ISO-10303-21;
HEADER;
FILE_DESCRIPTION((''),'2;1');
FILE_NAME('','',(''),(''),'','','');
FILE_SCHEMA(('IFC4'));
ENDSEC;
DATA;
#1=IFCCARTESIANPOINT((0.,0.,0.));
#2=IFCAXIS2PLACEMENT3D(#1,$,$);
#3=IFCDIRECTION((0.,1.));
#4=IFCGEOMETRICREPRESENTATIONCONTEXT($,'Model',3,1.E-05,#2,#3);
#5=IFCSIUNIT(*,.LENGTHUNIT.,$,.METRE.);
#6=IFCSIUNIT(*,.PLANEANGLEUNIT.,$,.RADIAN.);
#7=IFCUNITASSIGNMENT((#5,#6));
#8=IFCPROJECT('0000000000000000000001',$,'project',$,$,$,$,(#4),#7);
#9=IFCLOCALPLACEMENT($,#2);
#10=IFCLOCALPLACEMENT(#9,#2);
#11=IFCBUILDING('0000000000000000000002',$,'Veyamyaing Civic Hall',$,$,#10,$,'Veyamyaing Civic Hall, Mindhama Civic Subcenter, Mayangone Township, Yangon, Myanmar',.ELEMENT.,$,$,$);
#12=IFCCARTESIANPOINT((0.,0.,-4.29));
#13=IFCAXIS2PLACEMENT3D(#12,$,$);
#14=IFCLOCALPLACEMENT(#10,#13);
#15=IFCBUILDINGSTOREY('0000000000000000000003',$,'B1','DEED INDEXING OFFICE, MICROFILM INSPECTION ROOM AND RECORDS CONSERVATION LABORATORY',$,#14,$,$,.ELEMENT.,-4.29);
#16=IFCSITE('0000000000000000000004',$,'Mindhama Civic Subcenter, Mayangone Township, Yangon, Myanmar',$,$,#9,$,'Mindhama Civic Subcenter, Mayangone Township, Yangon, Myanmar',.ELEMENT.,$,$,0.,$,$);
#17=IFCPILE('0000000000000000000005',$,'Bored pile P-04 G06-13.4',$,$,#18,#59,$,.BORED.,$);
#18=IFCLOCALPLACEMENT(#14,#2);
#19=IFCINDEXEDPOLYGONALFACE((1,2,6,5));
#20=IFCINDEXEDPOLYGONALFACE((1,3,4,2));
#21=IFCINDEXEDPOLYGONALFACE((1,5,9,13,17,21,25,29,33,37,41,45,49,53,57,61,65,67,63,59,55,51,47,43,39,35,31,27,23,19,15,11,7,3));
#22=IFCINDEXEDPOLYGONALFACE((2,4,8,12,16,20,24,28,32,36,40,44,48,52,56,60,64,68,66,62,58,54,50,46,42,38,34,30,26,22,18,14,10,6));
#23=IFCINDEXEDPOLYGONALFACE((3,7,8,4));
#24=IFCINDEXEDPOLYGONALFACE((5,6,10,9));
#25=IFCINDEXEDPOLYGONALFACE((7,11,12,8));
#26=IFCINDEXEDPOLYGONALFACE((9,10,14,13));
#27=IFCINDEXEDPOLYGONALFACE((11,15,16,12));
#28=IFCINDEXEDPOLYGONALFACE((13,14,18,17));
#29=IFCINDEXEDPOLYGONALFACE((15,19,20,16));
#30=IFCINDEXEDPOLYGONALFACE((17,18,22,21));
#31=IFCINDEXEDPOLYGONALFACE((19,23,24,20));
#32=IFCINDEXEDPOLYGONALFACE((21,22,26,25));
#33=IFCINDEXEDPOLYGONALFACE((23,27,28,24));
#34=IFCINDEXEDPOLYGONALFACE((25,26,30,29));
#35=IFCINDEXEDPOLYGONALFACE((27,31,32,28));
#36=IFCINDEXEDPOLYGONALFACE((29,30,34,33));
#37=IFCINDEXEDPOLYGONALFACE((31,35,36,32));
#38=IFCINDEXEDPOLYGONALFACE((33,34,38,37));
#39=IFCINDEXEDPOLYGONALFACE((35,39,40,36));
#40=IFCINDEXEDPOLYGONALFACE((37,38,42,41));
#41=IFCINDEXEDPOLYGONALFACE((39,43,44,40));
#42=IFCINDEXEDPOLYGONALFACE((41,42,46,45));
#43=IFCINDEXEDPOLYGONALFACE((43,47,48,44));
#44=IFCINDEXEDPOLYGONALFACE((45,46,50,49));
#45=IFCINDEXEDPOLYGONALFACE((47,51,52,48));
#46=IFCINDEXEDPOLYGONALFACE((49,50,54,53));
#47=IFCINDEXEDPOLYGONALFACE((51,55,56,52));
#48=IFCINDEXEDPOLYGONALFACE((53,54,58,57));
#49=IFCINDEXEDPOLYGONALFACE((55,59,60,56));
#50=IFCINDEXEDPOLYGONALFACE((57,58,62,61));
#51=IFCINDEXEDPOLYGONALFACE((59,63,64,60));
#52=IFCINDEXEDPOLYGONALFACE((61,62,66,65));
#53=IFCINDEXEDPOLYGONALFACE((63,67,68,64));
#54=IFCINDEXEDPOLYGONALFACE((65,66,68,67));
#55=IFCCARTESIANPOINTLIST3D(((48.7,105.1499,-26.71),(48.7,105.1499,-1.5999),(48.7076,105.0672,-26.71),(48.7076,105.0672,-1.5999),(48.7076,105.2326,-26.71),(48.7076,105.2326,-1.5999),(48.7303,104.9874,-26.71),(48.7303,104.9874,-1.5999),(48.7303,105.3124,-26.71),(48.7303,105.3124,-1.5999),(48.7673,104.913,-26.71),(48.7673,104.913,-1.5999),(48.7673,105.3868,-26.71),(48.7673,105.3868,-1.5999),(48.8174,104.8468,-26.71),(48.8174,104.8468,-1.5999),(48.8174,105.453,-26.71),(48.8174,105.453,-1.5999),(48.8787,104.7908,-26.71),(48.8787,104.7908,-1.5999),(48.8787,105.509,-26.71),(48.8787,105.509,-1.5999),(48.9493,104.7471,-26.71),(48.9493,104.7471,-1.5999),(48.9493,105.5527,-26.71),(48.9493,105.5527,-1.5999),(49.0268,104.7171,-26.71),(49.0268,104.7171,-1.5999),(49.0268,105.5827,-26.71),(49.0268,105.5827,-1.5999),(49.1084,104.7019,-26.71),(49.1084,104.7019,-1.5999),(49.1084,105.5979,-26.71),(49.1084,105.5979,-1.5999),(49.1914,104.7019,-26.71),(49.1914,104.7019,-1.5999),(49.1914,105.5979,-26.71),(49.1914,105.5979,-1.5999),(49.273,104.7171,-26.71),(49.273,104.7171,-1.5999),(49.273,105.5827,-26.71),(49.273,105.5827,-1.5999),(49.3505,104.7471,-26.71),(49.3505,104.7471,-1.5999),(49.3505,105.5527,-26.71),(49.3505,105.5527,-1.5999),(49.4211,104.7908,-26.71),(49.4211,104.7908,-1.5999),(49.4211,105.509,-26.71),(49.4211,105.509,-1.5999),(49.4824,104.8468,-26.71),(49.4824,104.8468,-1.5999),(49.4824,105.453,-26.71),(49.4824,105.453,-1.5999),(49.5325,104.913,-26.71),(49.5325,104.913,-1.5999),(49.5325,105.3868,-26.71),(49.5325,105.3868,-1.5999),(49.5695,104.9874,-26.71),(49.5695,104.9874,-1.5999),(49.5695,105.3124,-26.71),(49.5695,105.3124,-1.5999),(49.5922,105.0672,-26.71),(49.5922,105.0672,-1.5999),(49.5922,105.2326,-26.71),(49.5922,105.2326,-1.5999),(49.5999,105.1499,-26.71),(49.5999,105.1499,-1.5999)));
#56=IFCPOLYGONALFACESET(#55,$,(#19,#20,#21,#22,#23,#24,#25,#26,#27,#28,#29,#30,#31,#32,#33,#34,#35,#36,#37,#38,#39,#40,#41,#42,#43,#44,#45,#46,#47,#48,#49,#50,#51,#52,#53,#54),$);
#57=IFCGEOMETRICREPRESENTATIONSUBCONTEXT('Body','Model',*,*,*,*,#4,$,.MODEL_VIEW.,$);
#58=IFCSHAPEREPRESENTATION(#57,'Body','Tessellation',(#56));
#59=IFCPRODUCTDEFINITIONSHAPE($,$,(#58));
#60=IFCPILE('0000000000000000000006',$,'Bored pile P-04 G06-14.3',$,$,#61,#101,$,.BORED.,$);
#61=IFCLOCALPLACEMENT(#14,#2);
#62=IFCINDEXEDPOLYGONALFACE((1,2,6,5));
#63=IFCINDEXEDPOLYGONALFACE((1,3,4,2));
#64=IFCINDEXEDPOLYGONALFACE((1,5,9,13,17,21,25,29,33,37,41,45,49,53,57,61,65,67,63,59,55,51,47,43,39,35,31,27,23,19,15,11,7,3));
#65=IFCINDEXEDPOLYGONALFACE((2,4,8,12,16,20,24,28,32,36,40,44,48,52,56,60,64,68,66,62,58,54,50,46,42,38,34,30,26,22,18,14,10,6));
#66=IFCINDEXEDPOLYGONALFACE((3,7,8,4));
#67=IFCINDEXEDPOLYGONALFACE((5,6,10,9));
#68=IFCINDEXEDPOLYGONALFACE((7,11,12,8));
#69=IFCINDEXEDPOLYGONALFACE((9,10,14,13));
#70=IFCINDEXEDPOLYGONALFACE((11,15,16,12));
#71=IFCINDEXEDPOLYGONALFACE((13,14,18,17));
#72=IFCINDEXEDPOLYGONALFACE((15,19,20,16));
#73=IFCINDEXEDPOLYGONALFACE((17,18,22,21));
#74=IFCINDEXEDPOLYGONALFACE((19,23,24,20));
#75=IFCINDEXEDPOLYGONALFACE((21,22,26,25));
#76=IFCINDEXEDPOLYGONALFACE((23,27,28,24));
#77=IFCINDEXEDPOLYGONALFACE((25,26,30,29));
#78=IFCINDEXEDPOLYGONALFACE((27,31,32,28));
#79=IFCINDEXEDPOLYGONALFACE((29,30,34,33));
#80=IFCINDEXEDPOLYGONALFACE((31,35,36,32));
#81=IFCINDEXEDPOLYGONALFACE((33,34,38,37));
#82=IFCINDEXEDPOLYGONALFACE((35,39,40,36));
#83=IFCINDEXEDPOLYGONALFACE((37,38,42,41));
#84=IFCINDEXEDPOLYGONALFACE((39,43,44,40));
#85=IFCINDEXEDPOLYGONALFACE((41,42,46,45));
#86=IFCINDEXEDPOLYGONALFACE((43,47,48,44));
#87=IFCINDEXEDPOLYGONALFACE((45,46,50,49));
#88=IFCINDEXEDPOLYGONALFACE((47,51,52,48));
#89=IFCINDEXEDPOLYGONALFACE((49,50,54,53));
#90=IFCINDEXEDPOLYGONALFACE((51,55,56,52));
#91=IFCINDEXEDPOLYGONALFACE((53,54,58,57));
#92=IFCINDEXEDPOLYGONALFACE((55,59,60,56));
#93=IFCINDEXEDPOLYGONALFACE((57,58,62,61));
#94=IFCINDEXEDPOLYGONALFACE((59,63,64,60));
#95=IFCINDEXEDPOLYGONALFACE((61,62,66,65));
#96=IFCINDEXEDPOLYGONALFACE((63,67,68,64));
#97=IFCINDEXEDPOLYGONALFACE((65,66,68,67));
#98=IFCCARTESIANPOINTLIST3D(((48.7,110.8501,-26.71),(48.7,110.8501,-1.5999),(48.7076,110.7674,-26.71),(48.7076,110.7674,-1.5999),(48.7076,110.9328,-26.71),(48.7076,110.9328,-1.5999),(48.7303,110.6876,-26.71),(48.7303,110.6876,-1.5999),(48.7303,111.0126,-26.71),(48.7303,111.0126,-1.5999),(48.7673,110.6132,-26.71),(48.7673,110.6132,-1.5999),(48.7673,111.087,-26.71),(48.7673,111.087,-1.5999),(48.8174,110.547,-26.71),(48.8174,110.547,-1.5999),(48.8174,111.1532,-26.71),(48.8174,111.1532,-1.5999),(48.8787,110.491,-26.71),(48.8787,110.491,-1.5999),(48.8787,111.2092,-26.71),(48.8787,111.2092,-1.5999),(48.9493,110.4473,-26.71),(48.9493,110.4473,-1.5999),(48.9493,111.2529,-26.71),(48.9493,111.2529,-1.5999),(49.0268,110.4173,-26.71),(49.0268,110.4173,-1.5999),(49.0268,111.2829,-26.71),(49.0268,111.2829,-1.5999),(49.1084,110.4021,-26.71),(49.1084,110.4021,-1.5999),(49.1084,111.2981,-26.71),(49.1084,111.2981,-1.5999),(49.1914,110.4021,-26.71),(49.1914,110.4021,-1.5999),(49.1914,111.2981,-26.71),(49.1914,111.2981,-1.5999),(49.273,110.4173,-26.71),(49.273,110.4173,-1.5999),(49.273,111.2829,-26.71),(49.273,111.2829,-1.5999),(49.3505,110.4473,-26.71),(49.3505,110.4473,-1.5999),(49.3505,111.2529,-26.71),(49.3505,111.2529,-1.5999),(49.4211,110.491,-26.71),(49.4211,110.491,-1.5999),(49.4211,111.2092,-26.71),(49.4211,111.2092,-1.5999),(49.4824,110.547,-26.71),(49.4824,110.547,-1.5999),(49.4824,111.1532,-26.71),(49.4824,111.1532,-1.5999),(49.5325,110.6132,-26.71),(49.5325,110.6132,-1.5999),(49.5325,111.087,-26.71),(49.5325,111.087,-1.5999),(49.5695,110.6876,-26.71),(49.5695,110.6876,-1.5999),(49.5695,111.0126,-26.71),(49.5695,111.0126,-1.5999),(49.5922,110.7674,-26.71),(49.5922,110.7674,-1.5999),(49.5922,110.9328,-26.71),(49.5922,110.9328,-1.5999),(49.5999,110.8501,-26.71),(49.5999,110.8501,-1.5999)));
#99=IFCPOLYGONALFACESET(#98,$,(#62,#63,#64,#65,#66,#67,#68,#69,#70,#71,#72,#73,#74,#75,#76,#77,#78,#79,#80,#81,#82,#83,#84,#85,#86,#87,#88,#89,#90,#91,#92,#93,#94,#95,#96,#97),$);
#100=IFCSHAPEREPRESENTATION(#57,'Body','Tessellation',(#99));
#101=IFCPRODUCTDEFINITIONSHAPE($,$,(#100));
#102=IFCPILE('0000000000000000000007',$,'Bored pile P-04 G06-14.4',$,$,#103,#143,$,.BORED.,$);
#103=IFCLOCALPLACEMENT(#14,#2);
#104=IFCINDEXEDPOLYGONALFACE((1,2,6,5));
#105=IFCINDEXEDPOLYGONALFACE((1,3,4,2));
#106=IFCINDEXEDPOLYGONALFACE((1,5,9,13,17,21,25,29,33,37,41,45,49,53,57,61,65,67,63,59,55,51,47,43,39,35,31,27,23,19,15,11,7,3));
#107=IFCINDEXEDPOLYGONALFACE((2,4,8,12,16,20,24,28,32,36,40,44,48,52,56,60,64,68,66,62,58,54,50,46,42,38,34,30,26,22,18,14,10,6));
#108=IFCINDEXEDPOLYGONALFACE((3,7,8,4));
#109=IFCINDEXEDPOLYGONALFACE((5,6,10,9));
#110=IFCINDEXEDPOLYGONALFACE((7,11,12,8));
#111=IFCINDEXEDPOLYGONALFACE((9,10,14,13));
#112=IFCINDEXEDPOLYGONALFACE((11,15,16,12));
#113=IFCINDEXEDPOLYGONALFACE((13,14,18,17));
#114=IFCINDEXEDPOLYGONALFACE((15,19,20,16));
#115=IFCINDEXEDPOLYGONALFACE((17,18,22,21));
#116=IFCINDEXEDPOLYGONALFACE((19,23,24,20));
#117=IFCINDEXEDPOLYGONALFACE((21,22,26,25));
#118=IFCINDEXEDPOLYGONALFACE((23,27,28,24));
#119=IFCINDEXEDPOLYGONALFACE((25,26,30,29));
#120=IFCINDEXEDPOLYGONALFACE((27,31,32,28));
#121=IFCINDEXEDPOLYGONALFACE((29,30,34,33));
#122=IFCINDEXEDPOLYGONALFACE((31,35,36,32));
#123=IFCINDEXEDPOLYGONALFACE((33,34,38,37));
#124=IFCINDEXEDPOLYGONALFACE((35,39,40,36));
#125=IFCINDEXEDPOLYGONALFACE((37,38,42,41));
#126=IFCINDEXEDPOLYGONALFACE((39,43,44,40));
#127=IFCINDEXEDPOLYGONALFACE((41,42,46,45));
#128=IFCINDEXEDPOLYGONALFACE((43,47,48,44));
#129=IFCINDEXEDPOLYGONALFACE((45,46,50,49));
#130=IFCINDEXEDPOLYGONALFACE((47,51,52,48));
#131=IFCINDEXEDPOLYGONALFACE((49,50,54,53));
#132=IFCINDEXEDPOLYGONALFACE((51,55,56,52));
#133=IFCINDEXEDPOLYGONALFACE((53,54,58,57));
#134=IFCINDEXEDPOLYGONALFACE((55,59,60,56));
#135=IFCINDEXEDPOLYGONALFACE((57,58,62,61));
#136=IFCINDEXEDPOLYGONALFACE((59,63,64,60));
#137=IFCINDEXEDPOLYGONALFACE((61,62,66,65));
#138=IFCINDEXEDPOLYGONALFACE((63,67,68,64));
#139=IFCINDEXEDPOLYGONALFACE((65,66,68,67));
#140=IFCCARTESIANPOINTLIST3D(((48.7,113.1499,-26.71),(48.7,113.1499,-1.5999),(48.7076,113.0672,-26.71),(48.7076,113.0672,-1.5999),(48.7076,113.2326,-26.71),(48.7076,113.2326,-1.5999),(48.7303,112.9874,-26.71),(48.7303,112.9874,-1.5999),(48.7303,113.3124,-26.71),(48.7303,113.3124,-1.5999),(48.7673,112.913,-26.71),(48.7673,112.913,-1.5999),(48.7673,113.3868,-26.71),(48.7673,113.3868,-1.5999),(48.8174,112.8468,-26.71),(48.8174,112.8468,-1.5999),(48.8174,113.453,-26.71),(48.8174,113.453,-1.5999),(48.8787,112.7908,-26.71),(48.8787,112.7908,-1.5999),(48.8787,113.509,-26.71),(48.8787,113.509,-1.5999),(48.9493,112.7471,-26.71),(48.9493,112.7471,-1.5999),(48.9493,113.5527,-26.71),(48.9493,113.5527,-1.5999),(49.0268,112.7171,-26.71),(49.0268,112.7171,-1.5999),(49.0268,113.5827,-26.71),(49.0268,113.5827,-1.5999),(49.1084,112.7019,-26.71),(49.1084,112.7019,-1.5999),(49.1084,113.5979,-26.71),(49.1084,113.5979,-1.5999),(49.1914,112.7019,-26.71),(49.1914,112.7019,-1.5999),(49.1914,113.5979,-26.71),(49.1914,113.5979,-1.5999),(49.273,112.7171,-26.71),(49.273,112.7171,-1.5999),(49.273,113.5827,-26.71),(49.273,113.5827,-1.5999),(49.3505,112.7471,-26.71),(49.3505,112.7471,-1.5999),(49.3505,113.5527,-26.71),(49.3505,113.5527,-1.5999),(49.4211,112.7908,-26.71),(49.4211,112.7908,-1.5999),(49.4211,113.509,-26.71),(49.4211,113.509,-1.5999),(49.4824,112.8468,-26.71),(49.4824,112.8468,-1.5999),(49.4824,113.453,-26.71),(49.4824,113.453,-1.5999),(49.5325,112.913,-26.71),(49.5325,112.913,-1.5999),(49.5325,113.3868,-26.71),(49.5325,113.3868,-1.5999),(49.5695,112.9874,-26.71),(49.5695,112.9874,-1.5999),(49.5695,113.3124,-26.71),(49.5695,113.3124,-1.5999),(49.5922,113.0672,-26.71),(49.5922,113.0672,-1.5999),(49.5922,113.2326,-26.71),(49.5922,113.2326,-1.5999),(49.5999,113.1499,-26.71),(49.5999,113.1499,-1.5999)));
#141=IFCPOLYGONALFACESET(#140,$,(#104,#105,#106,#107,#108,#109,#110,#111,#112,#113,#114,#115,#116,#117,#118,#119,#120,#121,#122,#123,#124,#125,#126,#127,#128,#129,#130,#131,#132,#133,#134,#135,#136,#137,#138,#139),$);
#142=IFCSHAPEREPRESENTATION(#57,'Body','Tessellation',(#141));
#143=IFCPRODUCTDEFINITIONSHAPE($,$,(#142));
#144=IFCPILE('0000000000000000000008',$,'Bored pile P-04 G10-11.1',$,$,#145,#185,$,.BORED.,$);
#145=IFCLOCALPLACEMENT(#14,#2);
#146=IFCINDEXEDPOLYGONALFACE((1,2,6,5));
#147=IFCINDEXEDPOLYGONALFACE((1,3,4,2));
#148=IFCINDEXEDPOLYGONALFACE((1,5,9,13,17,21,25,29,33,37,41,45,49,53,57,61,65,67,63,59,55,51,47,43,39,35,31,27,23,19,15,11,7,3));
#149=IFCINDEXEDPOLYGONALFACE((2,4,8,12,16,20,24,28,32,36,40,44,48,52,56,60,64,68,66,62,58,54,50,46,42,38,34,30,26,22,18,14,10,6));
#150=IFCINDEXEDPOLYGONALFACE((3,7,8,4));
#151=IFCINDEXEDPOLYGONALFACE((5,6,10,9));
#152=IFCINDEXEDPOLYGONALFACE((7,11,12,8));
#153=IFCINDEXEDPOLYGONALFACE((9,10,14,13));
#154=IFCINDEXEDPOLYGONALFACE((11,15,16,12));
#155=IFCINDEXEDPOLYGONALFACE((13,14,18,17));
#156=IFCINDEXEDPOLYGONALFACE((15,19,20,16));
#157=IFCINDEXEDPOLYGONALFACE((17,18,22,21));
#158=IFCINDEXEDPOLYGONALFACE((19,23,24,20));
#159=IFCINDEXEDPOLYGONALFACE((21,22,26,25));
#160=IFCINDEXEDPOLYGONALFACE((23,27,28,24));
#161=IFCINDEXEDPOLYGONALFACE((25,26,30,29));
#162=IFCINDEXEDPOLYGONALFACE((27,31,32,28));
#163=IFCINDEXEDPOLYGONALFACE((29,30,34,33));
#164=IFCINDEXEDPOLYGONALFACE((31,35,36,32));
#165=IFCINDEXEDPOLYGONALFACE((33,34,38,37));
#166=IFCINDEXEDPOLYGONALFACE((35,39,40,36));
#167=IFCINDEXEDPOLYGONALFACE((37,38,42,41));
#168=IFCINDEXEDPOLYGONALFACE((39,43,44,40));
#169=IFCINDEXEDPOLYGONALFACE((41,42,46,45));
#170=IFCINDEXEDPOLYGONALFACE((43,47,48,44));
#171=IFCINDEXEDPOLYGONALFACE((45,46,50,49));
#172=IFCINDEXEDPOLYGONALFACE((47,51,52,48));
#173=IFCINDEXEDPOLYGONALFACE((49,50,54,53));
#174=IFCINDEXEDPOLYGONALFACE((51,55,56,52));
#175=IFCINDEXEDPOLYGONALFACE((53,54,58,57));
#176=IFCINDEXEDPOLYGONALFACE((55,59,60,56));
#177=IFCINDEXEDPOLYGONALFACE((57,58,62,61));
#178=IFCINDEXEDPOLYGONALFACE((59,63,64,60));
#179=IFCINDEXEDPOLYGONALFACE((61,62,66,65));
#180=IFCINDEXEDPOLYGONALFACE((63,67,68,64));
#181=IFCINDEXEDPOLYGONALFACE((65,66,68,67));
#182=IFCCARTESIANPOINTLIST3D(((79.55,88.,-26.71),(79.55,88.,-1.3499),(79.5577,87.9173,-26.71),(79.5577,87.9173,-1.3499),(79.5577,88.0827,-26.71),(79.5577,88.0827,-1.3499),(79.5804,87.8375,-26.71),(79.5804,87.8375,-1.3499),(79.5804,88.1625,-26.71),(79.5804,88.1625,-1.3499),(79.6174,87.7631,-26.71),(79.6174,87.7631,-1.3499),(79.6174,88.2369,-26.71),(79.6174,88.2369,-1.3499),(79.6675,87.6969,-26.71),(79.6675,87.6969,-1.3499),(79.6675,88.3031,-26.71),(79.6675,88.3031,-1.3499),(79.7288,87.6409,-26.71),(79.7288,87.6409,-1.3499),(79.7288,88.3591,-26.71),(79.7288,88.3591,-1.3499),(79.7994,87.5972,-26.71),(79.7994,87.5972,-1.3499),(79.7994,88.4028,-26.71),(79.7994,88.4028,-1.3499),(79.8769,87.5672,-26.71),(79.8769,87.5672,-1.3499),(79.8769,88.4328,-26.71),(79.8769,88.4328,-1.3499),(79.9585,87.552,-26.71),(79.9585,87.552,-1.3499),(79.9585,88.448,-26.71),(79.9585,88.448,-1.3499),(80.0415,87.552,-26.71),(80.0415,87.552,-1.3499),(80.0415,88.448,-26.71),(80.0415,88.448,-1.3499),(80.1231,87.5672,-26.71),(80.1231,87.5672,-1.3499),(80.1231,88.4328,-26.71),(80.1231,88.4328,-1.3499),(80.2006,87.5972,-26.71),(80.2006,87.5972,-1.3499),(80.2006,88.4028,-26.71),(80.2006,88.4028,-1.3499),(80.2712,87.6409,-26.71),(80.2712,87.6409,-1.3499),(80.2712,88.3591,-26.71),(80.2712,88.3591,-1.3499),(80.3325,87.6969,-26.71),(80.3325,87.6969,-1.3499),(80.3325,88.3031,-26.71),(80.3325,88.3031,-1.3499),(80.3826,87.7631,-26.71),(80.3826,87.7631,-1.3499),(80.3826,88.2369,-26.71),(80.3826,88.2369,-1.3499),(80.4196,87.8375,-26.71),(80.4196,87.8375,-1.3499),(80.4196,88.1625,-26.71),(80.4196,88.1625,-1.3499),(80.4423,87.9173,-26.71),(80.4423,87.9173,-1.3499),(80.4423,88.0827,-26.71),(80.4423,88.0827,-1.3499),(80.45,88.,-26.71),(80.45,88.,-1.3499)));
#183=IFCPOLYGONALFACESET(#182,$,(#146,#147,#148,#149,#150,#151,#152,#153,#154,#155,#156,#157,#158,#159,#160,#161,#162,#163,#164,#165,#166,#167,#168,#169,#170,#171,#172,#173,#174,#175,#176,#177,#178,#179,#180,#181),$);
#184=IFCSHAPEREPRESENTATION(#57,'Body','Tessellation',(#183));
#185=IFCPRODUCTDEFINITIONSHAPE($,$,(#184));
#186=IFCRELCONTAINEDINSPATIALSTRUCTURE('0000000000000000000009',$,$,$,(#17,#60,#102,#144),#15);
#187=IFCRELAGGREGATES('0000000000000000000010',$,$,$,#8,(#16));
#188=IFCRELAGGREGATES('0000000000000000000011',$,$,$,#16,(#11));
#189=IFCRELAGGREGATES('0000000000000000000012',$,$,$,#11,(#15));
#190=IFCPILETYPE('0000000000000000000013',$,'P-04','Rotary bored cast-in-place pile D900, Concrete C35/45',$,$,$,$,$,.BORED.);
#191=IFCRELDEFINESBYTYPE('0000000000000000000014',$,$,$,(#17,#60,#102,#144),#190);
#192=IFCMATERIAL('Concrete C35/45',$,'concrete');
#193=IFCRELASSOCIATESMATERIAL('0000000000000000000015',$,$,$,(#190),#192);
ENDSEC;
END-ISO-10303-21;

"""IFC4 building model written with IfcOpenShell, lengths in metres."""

from ifc_helpers import new_model, si_unit, direction, frame, origin, origin_2d, place, context, subcontext, project, spatial, circle, extrude, material, material_profile, profile_set, type_object, element, save


model = new_model("IFC4")

# Units and contexts
model_context = context("Model", 3, precision=1e-05, world=origin(), true_north=direction((0.0, 1.0)))
body_context = subcontext(model_context, "Body", "Model", "MODEL_VIEW")
ifc_project = project(units=[si_unit("LENGTHUNIT", "METRE"), si_unit("PLANEANGLEUNIT", "RADIAN")], contexts=[model_context])

# Site, building, storey
site_placement = place(None, origin())
site = spatial("IfcSite", under=ifc_project, at=site_placement, Name="Mindhama Civic Subcenter, Mayangone Township, Yangon, Myanmar", LongName="Mindhama Civic Subcenter, Mayangone Township, Yangon, Myanmar", CompositionType="ELEMENT", RefElevation=0.0)
building_placement = place(site_placement, origin())
building = spatial("IfcBuilding", under=site, at=building_placement, Name="Veyamyaing Civic Hall", LongName="Veyamyaing Civic Hall, Mindhama Civic Subcenter, Mayangone Township, Yangon, Myanmar", CompositionType="ELEMENT")
storey_placement = place(building_placement, frame((0.0, 0.0, -4.29)))
storey = spatial("IfcBuildingStorey", under=building, at=storey_placement, Name="B1", Description="DEED INDEXING OFFICE, MICROFILM INSPECTION ROOM AND RECORDS CONSERVATION LABORATORY", CompositionType="ELEMENT", Elevation=-4.29)

# Piles
ifc_material_1 = material(Name="Concrete C35/45", Category="concrete")
ifc_material_profile_1 = material_profile(ifc_material_1, circle(Radius=0.45, at=origin_2d()), Name="PILE-D900")
ifc_profile_set_1 = profile_set([ifc_material_profile_1], Name="Concrete C35/45")
pile_type_1 = type_object("IfcPileType", Name="P-04", Description="Rotary bored cast-in-place pile D900, Concrete C35/45", PredefinedType="BORED", material=ifc_profile_set_1)
for number, where, z_axis, x_axis, name in (
    (1, (49.1499, 105.1499, -1.5999), (0.0, 0.0, -1.0), (1.0, 0.0, 0.0), "Bored pile P-04 G06-13.4"),
    (2, (49.1499, 110.8501, -1.5999), (0.0, 0.0, -1.0), (1.0, 0.0, 0.0), "Bored pile P-04 G06-14.3"),
    (3, (49.1499, 113.1499, -1.5999), (0.0, 0.0, -1.0), (1.0, 0.0, 0.0), "Bored pile P-04 G06-14.4"),
):
    element("IfcPile", number, at=place(storey_placement, frame(where, z_axis=z_axis, x_axis=x_axis)), inside=storey, type_object=pile_type_1, Name=name, PredefinedType="BORED", context=body_context, shape_type="SweptSolid", body=[
        extrude(circle(Radius=0.45, at=origin_2d()), origin(), (0.0, 0.0, 1.0), 25.1101),
    ])
pile_1_placement = place(storey_placement, frame((80.0, 88.0, -1.3499), z_axis=(0.0, 0.0, -1.0), x_axis=(1.0, 0.0, 0.0)))
element("IfcPile", 4, at=pile_1_placement, inside=storey, type_object=pile_type_1, Name="Bored pile P-04 G10-11.1", PredefinedType="BORED", context=body_context, shape_type="SweptSolid", body=[
    extrude(circle(Radius=0.45, at=origin_2d()), origin(), (0.0, 0.0, 1.0), 25.3601),
])

save(model, "model.ifc")
